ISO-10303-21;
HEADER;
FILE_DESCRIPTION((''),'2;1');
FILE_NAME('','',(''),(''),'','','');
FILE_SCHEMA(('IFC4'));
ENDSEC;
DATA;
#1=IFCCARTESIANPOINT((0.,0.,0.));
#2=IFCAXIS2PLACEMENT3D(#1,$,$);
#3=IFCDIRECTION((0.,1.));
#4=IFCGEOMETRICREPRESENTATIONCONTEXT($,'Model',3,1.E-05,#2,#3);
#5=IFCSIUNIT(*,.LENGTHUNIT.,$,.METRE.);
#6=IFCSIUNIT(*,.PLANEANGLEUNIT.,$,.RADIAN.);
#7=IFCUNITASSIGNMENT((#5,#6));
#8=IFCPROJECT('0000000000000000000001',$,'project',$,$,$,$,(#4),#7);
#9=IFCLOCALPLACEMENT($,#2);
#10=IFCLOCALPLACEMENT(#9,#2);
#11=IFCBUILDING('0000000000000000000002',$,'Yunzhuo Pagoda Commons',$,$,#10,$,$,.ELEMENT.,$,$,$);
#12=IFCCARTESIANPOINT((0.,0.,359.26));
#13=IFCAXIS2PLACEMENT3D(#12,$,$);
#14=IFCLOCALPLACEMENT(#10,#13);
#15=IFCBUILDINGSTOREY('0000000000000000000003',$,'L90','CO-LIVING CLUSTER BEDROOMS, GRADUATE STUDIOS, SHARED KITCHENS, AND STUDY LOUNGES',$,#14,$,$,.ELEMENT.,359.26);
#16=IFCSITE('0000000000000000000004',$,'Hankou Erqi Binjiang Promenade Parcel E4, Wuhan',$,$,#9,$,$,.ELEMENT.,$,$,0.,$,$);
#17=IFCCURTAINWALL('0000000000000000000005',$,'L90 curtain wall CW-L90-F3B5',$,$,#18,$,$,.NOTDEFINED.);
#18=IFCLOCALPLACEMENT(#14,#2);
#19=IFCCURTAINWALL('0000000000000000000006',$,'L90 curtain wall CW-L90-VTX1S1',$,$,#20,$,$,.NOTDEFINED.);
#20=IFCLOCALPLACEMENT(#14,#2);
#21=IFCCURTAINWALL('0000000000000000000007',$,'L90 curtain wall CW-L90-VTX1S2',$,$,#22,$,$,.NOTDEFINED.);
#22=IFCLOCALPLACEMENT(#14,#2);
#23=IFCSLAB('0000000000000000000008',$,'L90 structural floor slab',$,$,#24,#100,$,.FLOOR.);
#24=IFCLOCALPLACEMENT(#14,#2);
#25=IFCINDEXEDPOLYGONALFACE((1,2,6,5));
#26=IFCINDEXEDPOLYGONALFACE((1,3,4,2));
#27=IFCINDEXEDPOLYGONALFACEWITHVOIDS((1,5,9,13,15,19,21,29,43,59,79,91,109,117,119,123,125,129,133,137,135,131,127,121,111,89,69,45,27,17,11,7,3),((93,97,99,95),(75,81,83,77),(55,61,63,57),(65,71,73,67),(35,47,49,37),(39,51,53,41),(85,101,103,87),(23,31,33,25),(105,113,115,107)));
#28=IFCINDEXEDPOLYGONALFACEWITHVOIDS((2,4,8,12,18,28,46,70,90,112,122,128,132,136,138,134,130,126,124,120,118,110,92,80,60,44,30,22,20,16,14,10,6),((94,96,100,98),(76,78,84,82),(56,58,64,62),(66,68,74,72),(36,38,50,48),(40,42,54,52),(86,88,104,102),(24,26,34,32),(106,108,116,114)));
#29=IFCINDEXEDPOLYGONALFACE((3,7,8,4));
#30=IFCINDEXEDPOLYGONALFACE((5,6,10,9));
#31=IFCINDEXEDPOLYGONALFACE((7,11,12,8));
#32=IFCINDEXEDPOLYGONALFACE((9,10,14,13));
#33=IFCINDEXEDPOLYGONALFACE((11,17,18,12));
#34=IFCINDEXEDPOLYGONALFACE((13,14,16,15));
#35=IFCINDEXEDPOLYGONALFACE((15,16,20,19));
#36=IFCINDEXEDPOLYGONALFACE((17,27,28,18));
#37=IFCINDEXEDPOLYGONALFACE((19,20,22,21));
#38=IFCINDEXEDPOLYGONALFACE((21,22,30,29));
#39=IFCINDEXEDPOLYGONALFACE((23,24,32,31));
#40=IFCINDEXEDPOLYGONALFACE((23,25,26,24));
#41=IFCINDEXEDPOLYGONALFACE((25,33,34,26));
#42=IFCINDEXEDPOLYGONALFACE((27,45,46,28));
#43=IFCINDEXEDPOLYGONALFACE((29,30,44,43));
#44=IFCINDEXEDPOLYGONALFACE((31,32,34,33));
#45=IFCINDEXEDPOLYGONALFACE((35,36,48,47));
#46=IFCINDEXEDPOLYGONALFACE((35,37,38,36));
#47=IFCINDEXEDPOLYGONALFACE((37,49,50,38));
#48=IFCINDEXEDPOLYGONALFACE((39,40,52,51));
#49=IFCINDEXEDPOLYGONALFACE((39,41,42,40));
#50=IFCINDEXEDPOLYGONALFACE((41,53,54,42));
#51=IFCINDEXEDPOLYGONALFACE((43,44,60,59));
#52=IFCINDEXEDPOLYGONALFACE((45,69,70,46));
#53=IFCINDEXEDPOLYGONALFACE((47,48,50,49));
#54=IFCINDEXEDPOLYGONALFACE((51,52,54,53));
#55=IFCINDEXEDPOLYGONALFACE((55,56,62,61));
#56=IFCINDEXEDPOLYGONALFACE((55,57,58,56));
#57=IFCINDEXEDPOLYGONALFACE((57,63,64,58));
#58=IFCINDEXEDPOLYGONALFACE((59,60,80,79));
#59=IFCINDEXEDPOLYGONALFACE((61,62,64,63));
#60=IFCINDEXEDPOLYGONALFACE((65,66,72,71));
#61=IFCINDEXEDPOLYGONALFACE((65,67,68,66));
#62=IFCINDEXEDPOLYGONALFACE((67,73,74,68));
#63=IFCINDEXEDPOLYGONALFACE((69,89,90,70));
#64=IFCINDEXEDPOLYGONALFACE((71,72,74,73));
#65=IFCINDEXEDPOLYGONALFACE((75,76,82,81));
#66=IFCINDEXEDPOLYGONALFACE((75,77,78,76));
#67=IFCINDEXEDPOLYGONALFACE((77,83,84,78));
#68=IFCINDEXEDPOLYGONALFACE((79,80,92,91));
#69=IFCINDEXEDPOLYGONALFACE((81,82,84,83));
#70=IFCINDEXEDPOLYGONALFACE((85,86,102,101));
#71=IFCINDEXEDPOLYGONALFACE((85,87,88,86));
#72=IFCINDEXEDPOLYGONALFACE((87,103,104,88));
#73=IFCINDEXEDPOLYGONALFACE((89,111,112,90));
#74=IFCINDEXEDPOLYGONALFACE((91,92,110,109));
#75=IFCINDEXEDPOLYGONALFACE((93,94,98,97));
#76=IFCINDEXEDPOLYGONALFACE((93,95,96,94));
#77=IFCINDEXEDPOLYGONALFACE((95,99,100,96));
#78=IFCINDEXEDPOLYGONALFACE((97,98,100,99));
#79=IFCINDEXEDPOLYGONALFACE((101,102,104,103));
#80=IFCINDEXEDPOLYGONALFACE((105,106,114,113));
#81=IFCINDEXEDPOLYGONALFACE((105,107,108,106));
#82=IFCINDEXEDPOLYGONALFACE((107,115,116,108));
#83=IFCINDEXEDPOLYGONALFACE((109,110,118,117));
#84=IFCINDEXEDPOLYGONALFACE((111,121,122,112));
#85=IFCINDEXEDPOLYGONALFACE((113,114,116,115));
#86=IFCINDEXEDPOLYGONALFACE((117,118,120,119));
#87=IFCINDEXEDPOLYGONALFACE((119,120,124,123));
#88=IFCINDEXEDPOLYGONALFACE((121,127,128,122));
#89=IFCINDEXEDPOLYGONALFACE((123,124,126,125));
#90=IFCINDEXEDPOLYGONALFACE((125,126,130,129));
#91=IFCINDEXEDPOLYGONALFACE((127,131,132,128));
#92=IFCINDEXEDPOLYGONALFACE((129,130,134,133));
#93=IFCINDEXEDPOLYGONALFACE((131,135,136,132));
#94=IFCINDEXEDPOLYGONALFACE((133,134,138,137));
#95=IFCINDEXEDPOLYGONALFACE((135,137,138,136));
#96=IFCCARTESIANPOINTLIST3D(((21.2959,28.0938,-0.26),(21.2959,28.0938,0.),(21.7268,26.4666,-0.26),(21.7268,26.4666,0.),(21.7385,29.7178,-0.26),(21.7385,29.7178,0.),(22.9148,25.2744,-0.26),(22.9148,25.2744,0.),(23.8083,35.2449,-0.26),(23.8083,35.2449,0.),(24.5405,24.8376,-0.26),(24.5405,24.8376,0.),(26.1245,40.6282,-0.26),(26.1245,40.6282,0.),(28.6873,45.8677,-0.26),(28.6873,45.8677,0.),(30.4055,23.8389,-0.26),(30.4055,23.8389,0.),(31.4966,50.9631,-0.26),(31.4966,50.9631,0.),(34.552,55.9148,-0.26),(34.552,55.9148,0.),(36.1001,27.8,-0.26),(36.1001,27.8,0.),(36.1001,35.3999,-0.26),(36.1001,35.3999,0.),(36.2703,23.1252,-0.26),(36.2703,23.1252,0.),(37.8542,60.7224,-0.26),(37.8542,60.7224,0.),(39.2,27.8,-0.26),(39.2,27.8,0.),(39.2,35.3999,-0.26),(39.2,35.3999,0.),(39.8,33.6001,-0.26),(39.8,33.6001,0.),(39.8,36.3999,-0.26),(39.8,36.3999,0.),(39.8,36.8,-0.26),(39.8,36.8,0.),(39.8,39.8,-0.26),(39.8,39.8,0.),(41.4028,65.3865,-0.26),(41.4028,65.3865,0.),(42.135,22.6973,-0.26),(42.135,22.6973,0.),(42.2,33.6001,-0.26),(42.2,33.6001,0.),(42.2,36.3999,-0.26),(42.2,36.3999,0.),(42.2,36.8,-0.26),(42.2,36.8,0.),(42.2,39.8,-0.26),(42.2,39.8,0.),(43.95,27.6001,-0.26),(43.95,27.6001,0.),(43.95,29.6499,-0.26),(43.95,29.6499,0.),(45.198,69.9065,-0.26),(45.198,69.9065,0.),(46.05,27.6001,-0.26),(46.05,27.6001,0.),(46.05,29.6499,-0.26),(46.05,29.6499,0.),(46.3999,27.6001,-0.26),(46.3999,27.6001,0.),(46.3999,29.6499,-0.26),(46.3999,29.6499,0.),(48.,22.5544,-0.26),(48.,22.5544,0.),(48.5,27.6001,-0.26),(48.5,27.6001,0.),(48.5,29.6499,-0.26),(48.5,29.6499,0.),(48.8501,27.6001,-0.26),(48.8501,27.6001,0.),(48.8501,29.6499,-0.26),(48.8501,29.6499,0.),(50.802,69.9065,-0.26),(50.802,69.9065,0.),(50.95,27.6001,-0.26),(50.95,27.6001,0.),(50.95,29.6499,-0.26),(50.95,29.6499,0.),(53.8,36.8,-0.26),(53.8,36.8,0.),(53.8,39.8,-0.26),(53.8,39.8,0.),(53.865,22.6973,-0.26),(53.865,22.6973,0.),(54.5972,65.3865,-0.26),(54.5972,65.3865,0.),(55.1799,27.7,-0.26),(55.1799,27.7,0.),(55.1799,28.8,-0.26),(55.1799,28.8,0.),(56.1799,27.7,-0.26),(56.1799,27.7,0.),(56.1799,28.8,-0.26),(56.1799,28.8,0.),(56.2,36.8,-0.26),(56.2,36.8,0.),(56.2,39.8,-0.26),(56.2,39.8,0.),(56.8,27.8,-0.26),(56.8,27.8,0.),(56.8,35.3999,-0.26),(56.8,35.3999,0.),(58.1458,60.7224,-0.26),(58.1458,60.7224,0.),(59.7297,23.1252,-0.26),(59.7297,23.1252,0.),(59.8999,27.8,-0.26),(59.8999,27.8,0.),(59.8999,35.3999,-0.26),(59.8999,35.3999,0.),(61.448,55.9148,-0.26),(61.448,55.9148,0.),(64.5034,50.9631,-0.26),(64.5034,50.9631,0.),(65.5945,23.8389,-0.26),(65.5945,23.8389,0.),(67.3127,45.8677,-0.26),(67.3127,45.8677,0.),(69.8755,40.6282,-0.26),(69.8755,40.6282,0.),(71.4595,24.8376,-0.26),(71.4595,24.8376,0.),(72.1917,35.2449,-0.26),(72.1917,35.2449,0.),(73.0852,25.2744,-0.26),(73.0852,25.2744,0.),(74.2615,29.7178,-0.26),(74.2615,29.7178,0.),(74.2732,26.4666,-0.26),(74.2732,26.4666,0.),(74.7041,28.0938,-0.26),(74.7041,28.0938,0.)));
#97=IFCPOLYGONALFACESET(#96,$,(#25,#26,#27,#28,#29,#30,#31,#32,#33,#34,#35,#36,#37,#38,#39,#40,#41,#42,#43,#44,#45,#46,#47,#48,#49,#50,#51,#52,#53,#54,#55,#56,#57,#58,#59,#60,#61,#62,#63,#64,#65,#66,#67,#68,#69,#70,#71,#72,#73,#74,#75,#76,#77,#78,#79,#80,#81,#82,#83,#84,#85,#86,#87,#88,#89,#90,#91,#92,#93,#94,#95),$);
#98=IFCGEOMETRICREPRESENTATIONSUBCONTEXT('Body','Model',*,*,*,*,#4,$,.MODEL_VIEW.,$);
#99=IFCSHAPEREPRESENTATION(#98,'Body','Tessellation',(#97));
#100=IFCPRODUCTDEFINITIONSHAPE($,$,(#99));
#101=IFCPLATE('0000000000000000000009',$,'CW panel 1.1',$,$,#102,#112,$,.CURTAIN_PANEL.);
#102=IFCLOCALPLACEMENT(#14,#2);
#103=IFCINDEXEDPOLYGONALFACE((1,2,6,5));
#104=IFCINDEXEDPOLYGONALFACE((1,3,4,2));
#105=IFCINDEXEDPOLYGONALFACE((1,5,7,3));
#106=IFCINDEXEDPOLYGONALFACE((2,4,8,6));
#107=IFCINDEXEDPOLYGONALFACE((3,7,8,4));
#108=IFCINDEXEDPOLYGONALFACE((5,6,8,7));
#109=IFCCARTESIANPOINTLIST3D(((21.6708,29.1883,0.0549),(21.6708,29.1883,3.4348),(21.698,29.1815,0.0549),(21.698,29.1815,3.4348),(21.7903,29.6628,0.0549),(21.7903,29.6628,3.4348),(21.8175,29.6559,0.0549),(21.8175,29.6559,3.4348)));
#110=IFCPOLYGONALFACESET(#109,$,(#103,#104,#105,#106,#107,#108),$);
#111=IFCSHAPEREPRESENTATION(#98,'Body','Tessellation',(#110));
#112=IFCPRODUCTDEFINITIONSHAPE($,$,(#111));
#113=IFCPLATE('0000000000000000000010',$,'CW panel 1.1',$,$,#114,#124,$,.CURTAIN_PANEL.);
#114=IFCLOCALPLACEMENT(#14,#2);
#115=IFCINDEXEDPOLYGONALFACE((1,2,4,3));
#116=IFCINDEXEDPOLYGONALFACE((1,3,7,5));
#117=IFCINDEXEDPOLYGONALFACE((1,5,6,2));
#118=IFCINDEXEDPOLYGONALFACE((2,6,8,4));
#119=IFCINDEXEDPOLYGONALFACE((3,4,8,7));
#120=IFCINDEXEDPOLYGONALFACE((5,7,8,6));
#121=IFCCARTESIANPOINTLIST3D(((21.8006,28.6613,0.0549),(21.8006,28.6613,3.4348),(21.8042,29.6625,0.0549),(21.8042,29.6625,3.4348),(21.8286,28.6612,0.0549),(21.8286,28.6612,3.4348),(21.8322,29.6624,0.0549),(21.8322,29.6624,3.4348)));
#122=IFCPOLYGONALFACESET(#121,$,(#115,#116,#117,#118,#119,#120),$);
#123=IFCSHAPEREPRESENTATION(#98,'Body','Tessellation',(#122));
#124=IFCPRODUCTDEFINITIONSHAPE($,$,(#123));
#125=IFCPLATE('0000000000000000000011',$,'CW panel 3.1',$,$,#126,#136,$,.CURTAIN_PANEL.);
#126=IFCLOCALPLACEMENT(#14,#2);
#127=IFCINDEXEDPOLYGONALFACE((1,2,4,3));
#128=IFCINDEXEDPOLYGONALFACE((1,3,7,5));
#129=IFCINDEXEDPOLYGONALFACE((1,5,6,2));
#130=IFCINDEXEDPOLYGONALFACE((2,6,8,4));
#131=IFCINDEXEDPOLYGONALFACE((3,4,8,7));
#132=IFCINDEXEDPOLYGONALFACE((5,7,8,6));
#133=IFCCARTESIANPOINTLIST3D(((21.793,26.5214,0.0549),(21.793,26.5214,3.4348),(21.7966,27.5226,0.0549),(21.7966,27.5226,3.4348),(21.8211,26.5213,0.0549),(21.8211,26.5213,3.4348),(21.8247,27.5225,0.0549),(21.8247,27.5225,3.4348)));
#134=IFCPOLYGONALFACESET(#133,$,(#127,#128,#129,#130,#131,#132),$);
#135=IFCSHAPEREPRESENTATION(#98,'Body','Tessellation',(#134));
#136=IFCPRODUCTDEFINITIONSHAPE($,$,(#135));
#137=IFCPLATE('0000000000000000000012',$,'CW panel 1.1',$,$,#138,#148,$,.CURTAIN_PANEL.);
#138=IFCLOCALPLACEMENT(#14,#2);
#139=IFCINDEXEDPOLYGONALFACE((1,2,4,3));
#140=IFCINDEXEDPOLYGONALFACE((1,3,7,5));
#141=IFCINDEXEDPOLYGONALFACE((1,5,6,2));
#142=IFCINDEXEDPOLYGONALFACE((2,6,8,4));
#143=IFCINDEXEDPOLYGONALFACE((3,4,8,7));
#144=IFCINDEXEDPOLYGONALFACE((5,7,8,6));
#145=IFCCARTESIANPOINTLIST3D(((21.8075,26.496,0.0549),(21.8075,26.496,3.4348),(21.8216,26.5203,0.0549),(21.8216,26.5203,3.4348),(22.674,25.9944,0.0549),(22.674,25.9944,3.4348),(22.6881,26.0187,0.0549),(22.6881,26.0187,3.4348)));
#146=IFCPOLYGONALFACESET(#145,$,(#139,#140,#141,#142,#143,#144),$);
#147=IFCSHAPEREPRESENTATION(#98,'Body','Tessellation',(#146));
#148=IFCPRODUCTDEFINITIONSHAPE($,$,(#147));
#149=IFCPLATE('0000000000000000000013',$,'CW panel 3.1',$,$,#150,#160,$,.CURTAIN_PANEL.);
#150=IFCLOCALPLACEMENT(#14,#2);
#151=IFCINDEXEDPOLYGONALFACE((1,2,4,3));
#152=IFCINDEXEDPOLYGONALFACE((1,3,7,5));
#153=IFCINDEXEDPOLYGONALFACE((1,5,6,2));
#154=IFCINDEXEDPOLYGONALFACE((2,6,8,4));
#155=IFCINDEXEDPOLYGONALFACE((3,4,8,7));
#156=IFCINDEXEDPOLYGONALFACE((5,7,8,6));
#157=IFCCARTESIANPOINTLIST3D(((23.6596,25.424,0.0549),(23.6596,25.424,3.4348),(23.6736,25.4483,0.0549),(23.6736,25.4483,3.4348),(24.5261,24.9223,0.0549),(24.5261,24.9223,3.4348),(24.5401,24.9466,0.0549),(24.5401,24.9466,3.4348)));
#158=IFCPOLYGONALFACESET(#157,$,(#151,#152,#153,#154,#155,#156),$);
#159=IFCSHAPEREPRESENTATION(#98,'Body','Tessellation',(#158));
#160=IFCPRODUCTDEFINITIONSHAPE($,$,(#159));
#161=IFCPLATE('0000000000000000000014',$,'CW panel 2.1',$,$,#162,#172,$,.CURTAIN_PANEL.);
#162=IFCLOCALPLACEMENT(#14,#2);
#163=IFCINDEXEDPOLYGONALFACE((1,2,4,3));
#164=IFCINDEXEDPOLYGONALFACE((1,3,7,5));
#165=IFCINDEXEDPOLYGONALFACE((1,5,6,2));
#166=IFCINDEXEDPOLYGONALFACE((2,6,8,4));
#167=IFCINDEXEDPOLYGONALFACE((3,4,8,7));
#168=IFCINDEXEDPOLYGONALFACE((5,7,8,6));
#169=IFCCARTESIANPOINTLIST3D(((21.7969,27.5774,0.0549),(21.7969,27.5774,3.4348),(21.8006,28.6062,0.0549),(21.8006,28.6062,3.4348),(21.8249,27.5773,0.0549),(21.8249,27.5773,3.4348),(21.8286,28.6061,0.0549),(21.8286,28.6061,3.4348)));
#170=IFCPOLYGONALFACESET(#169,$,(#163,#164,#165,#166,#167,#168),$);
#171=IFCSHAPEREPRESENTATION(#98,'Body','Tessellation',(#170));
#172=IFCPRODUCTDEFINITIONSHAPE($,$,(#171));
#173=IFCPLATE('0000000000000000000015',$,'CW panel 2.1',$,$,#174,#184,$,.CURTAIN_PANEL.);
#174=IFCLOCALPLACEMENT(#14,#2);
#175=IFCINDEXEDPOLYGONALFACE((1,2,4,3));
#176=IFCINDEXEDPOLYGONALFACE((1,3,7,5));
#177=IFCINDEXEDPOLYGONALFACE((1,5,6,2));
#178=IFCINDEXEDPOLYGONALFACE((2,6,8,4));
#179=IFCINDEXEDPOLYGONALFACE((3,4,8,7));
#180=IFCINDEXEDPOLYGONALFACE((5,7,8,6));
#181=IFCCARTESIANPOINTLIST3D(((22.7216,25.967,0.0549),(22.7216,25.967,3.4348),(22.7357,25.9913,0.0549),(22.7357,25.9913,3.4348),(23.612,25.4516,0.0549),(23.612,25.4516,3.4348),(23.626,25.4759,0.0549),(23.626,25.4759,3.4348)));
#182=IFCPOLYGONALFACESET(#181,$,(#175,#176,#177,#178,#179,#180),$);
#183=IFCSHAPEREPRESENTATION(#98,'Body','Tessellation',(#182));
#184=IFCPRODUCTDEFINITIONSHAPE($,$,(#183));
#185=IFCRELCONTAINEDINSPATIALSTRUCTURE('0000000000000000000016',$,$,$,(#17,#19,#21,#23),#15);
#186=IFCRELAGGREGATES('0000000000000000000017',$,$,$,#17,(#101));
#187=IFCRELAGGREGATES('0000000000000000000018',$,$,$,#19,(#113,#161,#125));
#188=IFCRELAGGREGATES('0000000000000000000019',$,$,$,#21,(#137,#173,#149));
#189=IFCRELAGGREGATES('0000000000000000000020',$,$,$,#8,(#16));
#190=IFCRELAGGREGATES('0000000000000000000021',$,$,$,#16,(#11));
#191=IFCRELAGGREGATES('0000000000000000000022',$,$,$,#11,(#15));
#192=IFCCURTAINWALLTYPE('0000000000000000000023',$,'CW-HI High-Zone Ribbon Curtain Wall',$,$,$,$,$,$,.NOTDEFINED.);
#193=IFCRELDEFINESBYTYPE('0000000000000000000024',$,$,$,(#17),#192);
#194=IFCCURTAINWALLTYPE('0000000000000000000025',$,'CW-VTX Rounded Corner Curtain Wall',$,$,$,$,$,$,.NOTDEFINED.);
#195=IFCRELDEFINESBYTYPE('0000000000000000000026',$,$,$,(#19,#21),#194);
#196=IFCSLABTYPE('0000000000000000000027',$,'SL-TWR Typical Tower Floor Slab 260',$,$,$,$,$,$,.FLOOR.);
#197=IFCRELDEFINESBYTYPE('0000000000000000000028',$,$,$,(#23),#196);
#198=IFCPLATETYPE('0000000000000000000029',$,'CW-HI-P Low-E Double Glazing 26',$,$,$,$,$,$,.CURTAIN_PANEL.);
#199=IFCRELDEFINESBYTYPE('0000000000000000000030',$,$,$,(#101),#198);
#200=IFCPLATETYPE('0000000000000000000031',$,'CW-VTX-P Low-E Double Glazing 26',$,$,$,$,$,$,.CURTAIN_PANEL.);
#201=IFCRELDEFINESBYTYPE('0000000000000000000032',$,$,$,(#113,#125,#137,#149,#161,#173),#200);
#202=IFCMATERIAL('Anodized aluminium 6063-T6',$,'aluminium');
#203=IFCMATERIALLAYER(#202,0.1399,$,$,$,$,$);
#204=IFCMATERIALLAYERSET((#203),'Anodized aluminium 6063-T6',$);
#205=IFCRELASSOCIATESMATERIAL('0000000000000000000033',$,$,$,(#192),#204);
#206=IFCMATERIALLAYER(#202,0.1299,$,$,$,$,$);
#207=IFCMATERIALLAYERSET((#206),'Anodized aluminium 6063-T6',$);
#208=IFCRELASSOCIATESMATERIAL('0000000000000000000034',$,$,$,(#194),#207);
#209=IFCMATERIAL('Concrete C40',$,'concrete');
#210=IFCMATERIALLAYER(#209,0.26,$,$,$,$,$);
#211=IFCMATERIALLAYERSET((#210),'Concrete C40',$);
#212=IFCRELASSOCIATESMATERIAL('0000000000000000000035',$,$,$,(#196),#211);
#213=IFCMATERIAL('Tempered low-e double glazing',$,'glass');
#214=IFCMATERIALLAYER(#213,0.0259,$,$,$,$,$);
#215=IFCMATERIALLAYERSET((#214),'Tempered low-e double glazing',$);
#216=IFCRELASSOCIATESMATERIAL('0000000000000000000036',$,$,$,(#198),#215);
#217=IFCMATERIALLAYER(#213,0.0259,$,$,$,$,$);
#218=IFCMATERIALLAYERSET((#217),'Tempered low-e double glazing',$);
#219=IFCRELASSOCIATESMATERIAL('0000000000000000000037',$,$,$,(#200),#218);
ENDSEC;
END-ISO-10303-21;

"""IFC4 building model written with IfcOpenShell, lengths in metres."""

from ifc_helpers import new_model, si_unit, direction, frame, origin, origin_2d, place, context, subcontext, project, spatial, polyline, rectangle, outline, extrude, source, transform, mapped, material, layer, layer_set, type_object, element, aggregate, save


model = new_model("IFC4")

# Units and contexts
model_context = context("Model", 3, precision=1e-05, world=origin(), true_north=direction((0.0, 1.0)))
body_context = subcontext(model_context, "Body", "Model", "MODEL_VIEW")
ifc_project = project(units=[si_unit("LENGTHUNIT", "METRE"), si_unit("PLANEANGLEUNIT", "RADIAN")], contexts=[model_context])

# Site, building, storey
site_placement = place(None, origin())
site = spatial("IfcSite", under=ifc_project, at=site_placement, Name="Hankou Erqi Binjiang Promenade Parcel E4, Wuhan", CompositionType="ELEMENT", RefElevation=0.0)
building_placement = place(site_placement, origin())
building = spatial("IfcBuilding", under=site, at=building_placement, Name="Yunzhuo Pagoda Commons", CompositionType="ELEMENT")
storey_placement = place(building_placement, frame((0.0, 0.0, 359.26)))
storey = spatial("IfcBuildingStorey", under=building, at=storey_placement, Name="L90", Description="CO-LIVING CLUSTER BEDROOMS, GRADUATE STUDIOS, SHARED KITCHENS, AND STUDY LOUNGES", CompositionType="ELEMENT", Elevation=359.26)

# Shared definitions
ifc_material_1 = material(Name="Anodized aluminium 6063-T6", Category="aluminium")
ifc_layer_1 = layer(ifc_material_1, 0.1399)
ifc_layer_set_1 = layer_set([ifc_layer_1], Name="Anodized aluminium 6063-T6")
curtain_wall_type_1 = type_object("IfcCurtainWallType", Name="CW-HI High-Zone Ribbon Curtain Wall", PredefinedType="NOTDEFINED", material=ifc_layer_set_1)

# Curtain walls
curtain_wall_1_placement = place(storey_placement, origin())
curtain_wall_1 = element("IfcCurtainWall", 1, at=curtain_wall_1_placement, inside=storey, type_object=curtain_wall_type_1, Name="L90 curtain wall CW-L90-F3B5", PredefinedType="NOTDEFINED")
ifc_layer_2 = layer(ifc_material_1, 0.1299)
ifc_layer_set_2 = layer_set([ifc_layer_2], Name="Anodized aluminium 6063-T6")
curtain_wall_type_2 = type_object("IfcCurtainWallType", Name="CW-VTX Rounded Corner Curtain Wall", PredefinedType="NOTDEFINED", material=ifc_layer_set_2)
curtain_wall_2_placement = place(storey_placement, origin())
curtain_wall_2 = element("IfcCurtainWall", 2, at=curtain_wall_2_placement, inside=storey, type_object=curtain_wall_type_2, Name="L90 curtain wall CW-L90-VTX1S1", PredefinedType="NOTDEFINED")
curtain_wall_3_placement = place(storey_placement, origin())
curtain_wall_3 = element("IfcCurtainWall", 3, at=curtain_wall_3_placement, inside=storey, type_object=curtain_wall_type_2, Name="L90 curtain wall CW-L90-VTX1S2", PredefinedType="NOTDEFINED")

# Shared definitions
ifc_material_2 = material(Name="Concrete C40", Category="concrete")

# Slab
ifc_layer_3 = layer(ifc_material_2, 0.26)
ifc_layer_set_3 = layer_set([ifc_layer_3], Name="Concrete C40")
slab_type_1 = type_object("IfcSlabType", Name="SL-TWR Typical Tower Floor Slab 260", PredefinedType="FLOOR", material=ifc_layer_set_3)
slab_1_placement = place(storey_placement, frame((0.0, 0.0, -0.26)))
element("IfcSlab", 4, at=slab_1_placement, inside=storey, type_object=slab_type_1, Name="L90 structural floor slab", PredefinedType="FLOOR", context=body_context, shape_type="SweptSolid", body=[
    extrude(outline(polyline([(23.8083, 35.2449), (26.1245, 40.6282), (28.6873, 45.8677), (31.4966, 50.9631), (34.552, 55.9148), (37.8542, 60.7224), (41.4028, 65.3865), (45.198, 69.9065), (50.802, 69.9065), (54.5972, 65.3865), (58.1458, 60.7224), (61.448, 55.9148), (64.5034, 50.9631), (67.3127, 45.8677), (69.8755, 40.6282), (72.1917, 35.2449), (74.2615, 29.7178), (74.7041, 28.0938), (74.2732, 26.4666), (73.0852, 25.2744), (71.4595, 24.8376), (65.5945, 23.8389), (59.7297, 23.1252), (53.865, 22.6973), (48.0, 22.5544), (42.135, 22.6973), (36.2703, 23.1252), (30.4055, 23.8389), (24.5405, 24.8376), (22.9148, 25.2744), (21.7268, 26.4666), (21.2959, 28.0938), (21.7385, 29.7178), (23.8083, 35.2449)]), holes=[polyline([(56.1799, 28.8), (55.1799, 28.8), (55.1799, 27.7), (56.1799, 27.7), (56.1799, 28.8)]), polyline([(46.05, 29.6499), (43.95, 29.6499), (43.95, 27.6001), (46.05, 27.6001), (46.05, 29.6499)]), polyline([(48.5, 29.6499), (46.3999, 29.6499), (46.3999, 27.6001), (48.5, 27.6001), (48.5, 29.6499)]), polyline([(50.95, 29.6499), (48.8501, 29.6499), (48.8501, 27.6001), (50.95, 27.6001), (50.95, 29.6499)]), polyline([(39.2, 27.8), (39.2, 35.3999), (36.1001, 35.3999), (36.1001, 27.8), (39.2, 27.8)]), polyline([(59.8999, 27.8), (59.8999, 35.3999), (56.8, 35.3999), (56.8, 27.8), (59.8999, 27.8)]), polyline([(42.2, 36.3999), (39.8, 36.3999), (39.8, 33.6001), (42.2, 33.6001), (42.2, 36.3999)]), polyline([(42.2, 36.8), (42.2, 39.8), (39.8, 39.8), (39.8, 36.8), (42.2, 36.8)]), polyline([(56.2, 36.8), (56.2, 39.8), (53.8, 39.8), (53.8, 36.8), (56.2, 36.8)])]), origin(), (0.0, 0.0, 1.0), 0.26),
])

# Plates
ifc_material_3 = material(Name="Tempered low-e double glazing", Category="glass")
ifc_layer_4 = layer(ifc_material_3, 0.0259)
ifc_layer_set_4 = layer_set([ifc_layer_4], Name="Tempered low-e double glazing")
plate_type_1 = type_object("IfcPlateType", Name="CW-HI-P Low-E Double Glazing 26", PredefinedType="CURTAIN_PANEL", material=ifc_layer_set_4)
shared_shape_1 = source(origin(), body_context, "Body", "SweptSolid", [
    extrude(rectangle(XDim=0.4893, YDim=0.0281, at=origin_2d()), origin(), (0.0, 0.0, 1.0), 3.3799),
])
plate_1_placement = place(storey_placement, frame((21.7441, 29.4221, 0.0549), z_axis=(0.0, 0.0, 1.0), x_axis=(0.244235, 0.969716, 0.0)))
plate_1 = element("IfcPlate", 5, at=plate_1_placement, type_object=plate_type_1, Name="CW panel 1.1", PredefinedType="CURTAIN_PANEL", context=body_context, shape_type="MappedRepresentation", body=[
    mapped(shared_shape_1, transform((0.0, 0.0, 0.0), scale=1.0)),
])
aggregate(curtain_wall_1, [plate_1])
ifc_layer_5 = layer(ifc_material_3, 0.0259)
ifc_layer_set_5 = layer_set([ifc_layer_5], Name="Tempered low-e double glazing")
plate_type_2 = type_object("IfcPlateType", Name="CW-VTX-P Low-E Double Glazing 26", PredefinedType="CURTAIN_PANEL", material=ifc_layer_set_5)
shared_shape_2 = source(origin(), body_context, "Body", "SweptSolid", [
    extrude(rectangle(XDim=1.0012, YDim=0.0281, at=origin_2d()), origin(), (0.0, 0.0, 1.0), 3.3799),
])
plate_2_placement = place(storey_placement, frame((21.8164, 29.1619, 0.0549), z_axis=(0.0, 0.0, 1.0), x_axis=(-0.003599, -0.999994, 0.0)))
plate_2 = element("IfcPlate", 6, at=plate_2_placement, type_object=plate_type_2, Name="CW panel 1.1", PredefinedType="CURTAIN_PANEL", context=body_context, shape_type="MappedRepresentation", body=[
    mapped(shared_shape_2, transform((0.0, 0.0, 0.0), scale=1.0)),
])
plate_3_placement = place(storey_placement, frame((21.8088, 27.022, 0.0549), z_axis=(0.0, 0.0, 1.0), x_axis=(-0.003599, -0.999994, 0.0)))
plate_3 = element("IfcPlate", 7, at=plate_3_placement, type_object=plate_type_2, Name="CW panel 3.1", PredefinedType="CURTAIN_PANEL", context=body_context, shape_type="MappedRepresentation", body=[
    mapped(shared_shape_2, transform((0.0, 0.0, 0.0), scale=1.0)),
])
plate_4_placement = place(storey_placement, frame((22.2478, 26.2573, 0.0549), z_axis=(0.0, 0.0, 1.0), x_axis=(0.865438, -0.501017, 0.0)))
plate_4 = element("IfcPlate", 8, at=plate_4_placement, type_object=plate_type_2, Name="CW panel 1.1", PredefinedType="CURTAIN_PANEL", context=body_context, shape_type="MappedRepresentation", body=[
    mapped(shared_shape_2, transform((0.0, 0.0, 0.0), scale=1.0)),
])
plate_5_placement = place(storey_placement, frame((24.0999, 25.1853, 0.0549), z_axis=(0.0, 0.0, 1.0), x_axis=(0.865438, -0.501017, 0.0)))
plate_5 = element("IfcPlate", 9, at=plate_5_placement, type_object=plate_type_2, Name="CW panel 3.1", PredefinedType="CURTAIN_PANEL", context=body_context, shape_type="MappedRepresentation", body=[
    mapped(shared_shape_2, transform((0.0, 0.0, 0.0), scale=1.0)),
])
shared_shape_3 = source(origin(), body_context, "Body", "SweptSolid", [
    extrude(rectangle(XDim=1.0288, YDim=0.0281, at=origin_2d()), origin(), (0.0, 0.0, 1.0), 3.3799),
])
plate_6_placement = place(storey_placement, frame((21.8127, 28.0918, 0.0549), z_axis=(0.0, 0.0, 1.0), x_axis=(-0.003599, -0.999994, 0.0)))
plate_6 = element("IfcPlate", 10, at=plate_6_placement, type_object=plate_type_2, Name="CW panel 2.1", PredefinedType="CURTAIN_PANEL", context=body_context, shape_type="MappedRepresentation", body=[
    mapped(shared_shape_3, transform((0.0, 0.0, 0.0), scale=1.0)),
])
aggregate(curtain_wall_2, [plate_2, plate_6, plate_3])
plate_7_placement = place(storey_placement, frame((23.1738, 25.7214, 0.0549), z_axis=(0.0, 0.0, 1.0), x_axis=(0.865438, -0.501017, 0.0)))
plate_7 = element("IfcPlate", 11, at=plate_7_placement, type_object=plate_type_2, Name="CW panel 2.1", PredefinedType="CURTAIN_PANEL", context=body_context, shape_type="MappedRepresentation", body=[
    mapped(shared_shape_3, transform((0.0, 0.0, 0.0), scale=1.0)),
])
aggregate(curtain_wall_3, [plate_4, plate_7, plate_5])

save(model, "model.ifc")
